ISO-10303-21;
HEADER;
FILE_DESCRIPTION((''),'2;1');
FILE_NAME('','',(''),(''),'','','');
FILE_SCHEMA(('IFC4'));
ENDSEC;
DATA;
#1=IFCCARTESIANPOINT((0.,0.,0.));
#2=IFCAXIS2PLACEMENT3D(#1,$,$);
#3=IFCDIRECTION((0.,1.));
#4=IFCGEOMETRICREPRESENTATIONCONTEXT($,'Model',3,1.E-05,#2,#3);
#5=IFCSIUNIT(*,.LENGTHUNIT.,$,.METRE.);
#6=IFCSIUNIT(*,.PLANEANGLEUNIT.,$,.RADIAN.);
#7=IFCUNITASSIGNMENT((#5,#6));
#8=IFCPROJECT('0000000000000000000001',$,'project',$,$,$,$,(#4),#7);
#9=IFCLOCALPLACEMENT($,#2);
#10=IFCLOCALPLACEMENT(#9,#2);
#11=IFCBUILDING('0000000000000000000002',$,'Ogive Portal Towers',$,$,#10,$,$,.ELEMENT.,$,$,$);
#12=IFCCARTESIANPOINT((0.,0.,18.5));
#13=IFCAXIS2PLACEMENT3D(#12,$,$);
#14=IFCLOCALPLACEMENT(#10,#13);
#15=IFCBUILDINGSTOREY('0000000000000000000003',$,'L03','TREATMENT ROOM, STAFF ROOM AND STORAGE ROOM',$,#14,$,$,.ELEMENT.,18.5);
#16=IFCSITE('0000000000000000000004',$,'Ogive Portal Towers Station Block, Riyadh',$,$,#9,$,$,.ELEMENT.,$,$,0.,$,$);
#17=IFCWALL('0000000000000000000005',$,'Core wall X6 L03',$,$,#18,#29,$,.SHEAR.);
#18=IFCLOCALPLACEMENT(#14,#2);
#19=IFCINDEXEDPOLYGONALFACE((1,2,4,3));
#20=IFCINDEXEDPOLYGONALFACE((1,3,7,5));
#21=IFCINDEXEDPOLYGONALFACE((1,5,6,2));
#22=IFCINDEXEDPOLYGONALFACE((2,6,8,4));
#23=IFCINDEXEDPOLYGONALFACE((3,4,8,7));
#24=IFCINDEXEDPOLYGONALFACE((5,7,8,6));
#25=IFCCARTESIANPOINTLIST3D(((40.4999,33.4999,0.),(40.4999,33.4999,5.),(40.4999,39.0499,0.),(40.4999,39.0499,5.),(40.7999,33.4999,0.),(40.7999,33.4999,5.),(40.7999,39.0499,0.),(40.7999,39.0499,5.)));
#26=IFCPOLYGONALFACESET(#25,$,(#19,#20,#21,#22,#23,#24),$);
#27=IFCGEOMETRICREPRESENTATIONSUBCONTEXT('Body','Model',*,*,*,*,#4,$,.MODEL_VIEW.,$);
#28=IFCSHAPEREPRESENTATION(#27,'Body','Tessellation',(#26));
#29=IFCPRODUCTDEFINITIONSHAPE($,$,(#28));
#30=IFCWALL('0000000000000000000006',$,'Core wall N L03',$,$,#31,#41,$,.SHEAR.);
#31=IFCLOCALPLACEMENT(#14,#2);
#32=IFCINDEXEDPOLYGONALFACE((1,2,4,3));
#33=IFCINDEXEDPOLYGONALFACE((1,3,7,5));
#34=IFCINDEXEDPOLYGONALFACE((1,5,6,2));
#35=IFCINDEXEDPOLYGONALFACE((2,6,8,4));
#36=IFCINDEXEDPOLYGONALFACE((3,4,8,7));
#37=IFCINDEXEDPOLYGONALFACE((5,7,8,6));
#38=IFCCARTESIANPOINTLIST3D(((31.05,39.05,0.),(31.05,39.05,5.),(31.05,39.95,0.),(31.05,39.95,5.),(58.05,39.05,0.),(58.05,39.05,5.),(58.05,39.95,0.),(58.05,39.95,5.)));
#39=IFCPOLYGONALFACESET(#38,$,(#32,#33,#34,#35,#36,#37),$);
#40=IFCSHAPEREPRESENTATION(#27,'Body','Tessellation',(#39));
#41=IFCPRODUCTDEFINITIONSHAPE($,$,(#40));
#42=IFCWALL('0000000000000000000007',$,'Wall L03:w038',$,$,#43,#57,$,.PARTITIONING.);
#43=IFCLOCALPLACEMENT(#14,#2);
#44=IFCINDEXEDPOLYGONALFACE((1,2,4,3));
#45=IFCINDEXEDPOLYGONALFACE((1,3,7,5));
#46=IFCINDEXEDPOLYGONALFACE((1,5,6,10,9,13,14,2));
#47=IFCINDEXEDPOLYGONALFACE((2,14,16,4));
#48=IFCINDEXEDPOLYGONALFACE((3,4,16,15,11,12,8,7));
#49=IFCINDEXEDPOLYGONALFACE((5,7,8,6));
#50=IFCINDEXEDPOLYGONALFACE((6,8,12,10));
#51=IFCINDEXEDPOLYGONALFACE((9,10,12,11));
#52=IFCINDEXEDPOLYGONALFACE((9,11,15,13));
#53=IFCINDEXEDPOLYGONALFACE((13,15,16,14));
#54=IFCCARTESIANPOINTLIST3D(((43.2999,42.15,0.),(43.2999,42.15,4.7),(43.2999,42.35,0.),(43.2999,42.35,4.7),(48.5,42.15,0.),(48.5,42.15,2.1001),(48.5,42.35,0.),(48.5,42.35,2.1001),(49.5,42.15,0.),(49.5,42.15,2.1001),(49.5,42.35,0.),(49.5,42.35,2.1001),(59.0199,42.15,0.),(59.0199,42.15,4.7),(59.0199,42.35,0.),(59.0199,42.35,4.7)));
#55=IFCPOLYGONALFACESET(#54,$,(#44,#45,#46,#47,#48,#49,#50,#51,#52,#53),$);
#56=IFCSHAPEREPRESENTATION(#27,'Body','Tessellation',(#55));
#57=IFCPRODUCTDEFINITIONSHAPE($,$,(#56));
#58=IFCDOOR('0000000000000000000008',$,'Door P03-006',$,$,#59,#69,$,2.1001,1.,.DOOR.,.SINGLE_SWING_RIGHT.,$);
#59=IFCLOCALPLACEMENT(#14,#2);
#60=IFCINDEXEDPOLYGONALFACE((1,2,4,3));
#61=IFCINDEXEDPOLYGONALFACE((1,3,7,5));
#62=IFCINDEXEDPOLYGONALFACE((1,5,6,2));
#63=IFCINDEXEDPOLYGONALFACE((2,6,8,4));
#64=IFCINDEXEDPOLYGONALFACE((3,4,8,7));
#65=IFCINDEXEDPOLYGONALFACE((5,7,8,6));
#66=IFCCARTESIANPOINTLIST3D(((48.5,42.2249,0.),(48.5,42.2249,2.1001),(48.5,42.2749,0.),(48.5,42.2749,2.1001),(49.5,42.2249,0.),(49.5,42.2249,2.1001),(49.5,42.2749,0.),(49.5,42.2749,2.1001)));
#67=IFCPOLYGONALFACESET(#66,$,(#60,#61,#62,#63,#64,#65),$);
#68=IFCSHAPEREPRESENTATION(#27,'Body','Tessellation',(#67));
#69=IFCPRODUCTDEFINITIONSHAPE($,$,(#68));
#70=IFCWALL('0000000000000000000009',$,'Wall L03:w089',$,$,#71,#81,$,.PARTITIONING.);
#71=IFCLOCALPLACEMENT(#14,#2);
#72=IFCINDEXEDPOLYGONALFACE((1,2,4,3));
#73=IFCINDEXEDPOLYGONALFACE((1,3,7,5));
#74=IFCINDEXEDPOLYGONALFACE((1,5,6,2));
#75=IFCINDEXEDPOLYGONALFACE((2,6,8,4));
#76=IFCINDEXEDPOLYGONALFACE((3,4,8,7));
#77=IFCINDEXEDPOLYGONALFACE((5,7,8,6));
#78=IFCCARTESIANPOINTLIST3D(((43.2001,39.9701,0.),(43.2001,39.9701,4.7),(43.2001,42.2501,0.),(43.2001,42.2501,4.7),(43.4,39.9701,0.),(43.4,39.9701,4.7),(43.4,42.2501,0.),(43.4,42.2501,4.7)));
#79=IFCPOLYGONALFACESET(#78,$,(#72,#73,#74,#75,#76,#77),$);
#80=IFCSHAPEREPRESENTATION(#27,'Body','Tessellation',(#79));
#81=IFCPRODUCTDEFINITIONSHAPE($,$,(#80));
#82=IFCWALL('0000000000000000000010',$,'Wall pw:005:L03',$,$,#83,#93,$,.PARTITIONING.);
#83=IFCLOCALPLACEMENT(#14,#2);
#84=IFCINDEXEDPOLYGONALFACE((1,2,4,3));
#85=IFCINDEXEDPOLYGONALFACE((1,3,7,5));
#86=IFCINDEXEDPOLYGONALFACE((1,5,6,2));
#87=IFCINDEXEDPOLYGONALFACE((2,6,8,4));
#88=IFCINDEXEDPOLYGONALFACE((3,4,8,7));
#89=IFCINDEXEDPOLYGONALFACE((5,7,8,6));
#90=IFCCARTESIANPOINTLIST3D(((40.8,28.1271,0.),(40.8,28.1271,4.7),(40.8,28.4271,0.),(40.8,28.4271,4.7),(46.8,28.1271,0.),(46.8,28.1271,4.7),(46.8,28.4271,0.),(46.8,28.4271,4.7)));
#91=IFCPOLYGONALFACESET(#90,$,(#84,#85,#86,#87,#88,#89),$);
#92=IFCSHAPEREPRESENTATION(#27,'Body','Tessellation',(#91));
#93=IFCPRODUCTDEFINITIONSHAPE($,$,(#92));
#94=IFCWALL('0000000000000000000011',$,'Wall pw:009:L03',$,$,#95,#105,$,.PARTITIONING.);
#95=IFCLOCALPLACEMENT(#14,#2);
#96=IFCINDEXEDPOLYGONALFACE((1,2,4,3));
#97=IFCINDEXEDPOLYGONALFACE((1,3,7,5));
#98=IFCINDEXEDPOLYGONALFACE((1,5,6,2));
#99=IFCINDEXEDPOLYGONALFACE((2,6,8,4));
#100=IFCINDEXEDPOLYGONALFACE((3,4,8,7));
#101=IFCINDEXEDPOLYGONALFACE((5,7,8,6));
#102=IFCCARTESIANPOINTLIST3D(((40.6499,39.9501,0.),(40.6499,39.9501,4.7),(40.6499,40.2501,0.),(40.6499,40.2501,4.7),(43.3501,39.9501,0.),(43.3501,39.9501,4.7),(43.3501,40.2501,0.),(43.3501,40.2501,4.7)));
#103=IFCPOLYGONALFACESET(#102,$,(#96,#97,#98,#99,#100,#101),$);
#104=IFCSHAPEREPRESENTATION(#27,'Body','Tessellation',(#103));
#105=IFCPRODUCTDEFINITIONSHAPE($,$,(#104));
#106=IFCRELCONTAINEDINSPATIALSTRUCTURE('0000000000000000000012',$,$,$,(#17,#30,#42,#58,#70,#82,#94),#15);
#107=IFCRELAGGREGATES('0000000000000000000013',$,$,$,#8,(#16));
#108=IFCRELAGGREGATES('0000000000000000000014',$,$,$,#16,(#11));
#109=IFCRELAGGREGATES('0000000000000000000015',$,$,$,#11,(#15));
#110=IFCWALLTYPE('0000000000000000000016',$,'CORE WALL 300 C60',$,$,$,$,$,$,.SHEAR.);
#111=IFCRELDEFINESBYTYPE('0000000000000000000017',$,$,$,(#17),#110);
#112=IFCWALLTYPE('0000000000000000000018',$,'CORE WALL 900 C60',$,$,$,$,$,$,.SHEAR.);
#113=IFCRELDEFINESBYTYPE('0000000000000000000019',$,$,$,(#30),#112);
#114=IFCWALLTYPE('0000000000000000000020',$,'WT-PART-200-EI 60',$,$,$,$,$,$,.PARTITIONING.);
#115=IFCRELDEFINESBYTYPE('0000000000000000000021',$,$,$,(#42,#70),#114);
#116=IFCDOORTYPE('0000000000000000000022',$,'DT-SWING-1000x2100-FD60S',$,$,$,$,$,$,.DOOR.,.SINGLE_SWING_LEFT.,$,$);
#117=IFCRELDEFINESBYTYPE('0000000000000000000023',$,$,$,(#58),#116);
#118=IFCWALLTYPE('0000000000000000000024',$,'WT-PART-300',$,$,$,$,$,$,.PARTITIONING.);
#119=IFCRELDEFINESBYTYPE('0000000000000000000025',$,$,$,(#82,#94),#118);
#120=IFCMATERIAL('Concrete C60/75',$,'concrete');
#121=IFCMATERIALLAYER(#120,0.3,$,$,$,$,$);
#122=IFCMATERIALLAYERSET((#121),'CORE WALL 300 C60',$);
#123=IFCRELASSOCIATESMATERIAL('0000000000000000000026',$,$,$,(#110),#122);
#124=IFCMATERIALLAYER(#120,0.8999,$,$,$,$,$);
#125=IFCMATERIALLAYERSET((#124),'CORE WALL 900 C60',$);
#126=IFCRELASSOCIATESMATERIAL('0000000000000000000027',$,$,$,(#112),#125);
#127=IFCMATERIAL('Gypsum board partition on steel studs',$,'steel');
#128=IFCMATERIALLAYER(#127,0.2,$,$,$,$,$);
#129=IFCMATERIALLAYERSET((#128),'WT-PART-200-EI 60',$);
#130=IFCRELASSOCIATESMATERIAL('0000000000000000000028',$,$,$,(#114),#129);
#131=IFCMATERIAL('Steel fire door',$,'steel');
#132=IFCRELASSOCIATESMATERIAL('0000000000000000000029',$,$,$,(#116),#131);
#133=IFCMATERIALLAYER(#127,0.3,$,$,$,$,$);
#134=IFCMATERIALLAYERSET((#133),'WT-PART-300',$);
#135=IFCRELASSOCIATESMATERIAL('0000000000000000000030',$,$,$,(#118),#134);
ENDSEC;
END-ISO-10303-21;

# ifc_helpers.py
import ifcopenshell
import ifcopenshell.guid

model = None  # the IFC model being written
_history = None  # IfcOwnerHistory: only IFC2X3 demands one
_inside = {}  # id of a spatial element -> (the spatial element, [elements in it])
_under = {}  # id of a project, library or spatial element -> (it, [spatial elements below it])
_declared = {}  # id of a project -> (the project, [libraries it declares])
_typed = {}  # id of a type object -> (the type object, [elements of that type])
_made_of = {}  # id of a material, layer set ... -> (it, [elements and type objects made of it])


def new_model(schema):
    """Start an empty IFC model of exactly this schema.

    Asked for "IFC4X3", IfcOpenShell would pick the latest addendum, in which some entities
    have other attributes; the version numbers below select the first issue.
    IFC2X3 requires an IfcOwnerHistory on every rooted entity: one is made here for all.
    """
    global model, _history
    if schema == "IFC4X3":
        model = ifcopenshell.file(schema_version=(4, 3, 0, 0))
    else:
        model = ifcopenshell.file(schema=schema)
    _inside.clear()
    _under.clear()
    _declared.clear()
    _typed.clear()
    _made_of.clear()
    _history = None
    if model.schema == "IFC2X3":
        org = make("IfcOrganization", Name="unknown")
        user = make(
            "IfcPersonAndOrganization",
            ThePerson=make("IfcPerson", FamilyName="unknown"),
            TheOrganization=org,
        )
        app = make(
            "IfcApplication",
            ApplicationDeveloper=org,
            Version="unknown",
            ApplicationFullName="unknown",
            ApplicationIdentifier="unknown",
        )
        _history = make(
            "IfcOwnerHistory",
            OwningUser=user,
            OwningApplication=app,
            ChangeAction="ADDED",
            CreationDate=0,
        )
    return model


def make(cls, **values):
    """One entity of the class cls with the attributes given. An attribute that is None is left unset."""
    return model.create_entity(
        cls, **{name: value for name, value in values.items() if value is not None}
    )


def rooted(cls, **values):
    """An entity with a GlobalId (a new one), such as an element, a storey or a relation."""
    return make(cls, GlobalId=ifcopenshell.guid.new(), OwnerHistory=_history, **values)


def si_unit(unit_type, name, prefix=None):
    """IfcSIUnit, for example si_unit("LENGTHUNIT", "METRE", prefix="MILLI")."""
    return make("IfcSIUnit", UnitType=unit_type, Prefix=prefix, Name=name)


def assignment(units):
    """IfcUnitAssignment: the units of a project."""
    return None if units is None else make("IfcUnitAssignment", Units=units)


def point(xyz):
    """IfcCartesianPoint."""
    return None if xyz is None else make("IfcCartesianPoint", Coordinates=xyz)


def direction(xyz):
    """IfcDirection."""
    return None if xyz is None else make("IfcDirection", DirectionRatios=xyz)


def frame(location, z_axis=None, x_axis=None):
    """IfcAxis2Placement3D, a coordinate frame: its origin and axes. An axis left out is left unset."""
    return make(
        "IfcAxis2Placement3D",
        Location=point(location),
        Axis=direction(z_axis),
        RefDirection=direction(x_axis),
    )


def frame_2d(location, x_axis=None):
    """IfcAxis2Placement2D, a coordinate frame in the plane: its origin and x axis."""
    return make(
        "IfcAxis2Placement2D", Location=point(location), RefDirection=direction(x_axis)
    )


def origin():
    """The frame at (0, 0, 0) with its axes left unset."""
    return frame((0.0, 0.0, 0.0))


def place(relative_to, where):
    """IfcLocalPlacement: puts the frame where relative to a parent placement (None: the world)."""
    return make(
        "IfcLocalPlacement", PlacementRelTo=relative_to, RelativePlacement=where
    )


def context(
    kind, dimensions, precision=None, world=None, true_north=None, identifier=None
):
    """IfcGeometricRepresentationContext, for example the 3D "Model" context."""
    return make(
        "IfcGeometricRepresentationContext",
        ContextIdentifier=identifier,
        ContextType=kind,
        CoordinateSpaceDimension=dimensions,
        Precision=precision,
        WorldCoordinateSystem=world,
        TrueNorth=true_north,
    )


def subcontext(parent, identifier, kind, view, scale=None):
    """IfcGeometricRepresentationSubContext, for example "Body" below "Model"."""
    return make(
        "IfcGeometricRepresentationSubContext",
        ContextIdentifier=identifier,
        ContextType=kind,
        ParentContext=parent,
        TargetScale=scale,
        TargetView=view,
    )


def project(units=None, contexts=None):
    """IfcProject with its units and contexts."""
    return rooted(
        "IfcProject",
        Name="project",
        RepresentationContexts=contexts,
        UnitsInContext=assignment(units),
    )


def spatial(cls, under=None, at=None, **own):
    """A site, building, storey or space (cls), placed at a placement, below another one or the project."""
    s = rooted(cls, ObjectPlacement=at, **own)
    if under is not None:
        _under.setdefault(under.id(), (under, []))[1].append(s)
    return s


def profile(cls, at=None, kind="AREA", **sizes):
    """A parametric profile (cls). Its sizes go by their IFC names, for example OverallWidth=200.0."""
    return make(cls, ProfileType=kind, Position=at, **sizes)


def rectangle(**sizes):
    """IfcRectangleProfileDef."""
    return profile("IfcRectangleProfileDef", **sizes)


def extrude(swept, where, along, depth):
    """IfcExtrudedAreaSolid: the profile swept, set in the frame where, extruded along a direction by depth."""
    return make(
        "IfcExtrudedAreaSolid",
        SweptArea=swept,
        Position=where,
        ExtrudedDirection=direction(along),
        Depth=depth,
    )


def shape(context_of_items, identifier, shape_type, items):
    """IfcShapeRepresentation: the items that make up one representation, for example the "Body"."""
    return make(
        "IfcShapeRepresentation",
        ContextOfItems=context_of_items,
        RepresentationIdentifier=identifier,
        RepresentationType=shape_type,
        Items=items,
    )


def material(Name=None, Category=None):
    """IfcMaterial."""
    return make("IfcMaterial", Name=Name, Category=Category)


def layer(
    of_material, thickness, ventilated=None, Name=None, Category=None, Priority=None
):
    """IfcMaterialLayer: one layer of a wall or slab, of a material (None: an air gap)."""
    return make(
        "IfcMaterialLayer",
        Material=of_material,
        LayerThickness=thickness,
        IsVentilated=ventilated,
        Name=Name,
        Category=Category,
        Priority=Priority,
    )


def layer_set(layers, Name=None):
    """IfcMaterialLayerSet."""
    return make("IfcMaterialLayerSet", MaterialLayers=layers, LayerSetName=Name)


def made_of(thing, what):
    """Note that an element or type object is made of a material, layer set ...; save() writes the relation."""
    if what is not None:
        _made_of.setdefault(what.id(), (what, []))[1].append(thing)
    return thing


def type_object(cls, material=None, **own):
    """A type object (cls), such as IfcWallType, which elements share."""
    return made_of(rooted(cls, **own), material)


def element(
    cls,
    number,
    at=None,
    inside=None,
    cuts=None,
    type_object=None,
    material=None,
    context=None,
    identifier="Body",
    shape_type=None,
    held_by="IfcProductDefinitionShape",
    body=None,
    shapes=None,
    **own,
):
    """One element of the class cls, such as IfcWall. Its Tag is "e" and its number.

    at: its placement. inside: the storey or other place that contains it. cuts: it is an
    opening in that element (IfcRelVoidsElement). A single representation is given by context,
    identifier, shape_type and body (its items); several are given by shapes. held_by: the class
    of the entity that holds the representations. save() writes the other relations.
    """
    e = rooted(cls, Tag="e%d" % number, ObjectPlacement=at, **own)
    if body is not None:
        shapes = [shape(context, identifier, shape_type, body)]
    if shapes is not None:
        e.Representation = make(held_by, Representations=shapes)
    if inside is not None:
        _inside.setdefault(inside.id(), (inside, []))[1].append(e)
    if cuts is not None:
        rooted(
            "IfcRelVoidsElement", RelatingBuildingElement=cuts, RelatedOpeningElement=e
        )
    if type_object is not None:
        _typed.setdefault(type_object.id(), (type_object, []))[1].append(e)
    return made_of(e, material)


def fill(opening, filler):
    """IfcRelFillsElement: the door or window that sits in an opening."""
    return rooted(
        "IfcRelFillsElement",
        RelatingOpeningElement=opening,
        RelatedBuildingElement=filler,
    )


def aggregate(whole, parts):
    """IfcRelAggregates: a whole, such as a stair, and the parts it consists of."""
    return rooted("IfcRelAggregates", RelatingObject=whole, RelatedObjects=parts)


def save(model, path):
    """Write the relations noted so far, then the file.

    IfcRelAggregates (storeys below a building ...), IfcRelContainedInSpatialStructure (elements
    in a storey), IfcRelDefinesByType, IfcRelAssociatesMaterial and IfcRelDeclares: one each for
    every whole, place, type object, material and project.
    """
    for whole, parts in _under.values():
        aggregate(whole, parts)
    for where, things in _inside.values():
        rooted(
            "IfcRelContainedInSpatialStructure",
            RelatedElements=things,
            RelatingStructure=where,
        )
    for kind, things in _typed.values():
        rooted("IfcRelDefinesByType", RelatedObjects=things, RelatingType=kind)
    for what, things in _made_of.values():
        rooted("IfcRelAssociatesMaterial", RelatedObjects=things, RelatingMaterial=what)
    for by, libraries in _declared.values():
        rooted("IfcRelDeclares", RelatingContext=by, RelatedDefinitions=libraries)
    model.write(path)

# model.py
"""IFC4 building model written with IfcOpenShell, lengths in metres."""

from ifc_helpers import new_model, si_unit, direction, frame, frame_2d, origin, place, context, subcontext, project, spatial, rectangle, extrude, material, layer, layer_set, type_object, element, fill, save


model = new_model("IFC4")

# Units and contexts
model_context = context("Model", 3, precision=1e-05, world=origin(), true_north=direction((0.0, 1.0)))
body_context = subcontext(model_context, "Body", "Model", "MODEL_VIEW")
ifc_project = project(units=[si_unit("LENGTHUNIT", "METRE"), si_unit("PLANEANGLEUNIT", "RADIAN")], contexts=[model_context])

# Site, building, storey
site_placement = place(None, origin())
site = spatial("IfcSite", under=ifc_project, at=site_placement, Name="Ogive Portal Towers Station Block, Riyadh", CompositionType="ELEMENT", RefElevation=0.0)
building_placement = place(site_placement, origin())
building = spatial("IfcBuilding", under=site, at=building_placement, Name="Ogive Portal Towers", CompositionType="ELEMENT")
storey_placement = place(building_placement, frame((0.0, 0.0, 18.5)))
storey = spatial("IfcBuildingStorey", under=building, at=storey_placement, Name="L03", Description="TREATMENT ROOM, STAFF ROOM AND STORAGE ROOM", CompositionType="ELEMENT", Elevation=18.5)

# Shared definitions
ifc_material_1 = material(Name="Concrete C60/75", Category="concrete")
ifc_layer_1 = layer(ifc_material_1, 0.3)
ifc_layer_set_1 = layer_set([ifc_layer_1], Name="CORE WALL 300 C60")
wall_type_1 = type_object("IfcWallType", Name="CORE WALL 300 C60", PredefinedType="SHEAR", material=ifc_layer_set_1)
ifc_material_2 = material(Name="Steel fire door", Category="steel")

# Wall
wall_1_placement = place(storey_placement, frame((40.6499, 33.5, 0.0), z_axis=(0.0, 0.0, 1.0), x_axis=(0.0, 1.0, 0.0)))
element("IfcWall", 1, at=wall_1_placement, inside=storey, type_object=wall_type_1, Name="Core wall X6 L03", PredefinedType="SHEAR", context=body_context, shape_type="SweptSolid", body=[
    extrude(rectangle(XDim=5.55, YDim=0.3, at=frame_2d((2.7749, 0.0))), origin(), (0.0, 0.0, 1.0), 5.0),
])

# Wall
ifc_layer_2 = layer(ifc_material_1, 0.8999)
ifc_layer_set_2 = layer_set([ifc_layer_2], Name="CORE WALL 900 C60")
wall_type_2 = type_object("IfcWallType", Name="CORE WALL 900 C60", PredefinedType="SHEAR", material=ifc_layer_set_2)
wall_2_placement = place(storey_placement, frame((31.05, 39.5, 0.0), z_axis=(0.0, 0.0, 1.0), x_axis=(1.0, 0.0, 0.0)))
element("IfcWall", 2, at=wall_2_placement, inside=storey, type_object=wall_type_2, Name="Core wall N L03", PredefinedType="SHEAR", context=body_context, shape_type="SweptSolid", body=[
    extrude(rectangle(XDim=27.0, YDim=0.8999, at=frame_2d((13.5, 0.0))), origin(), (0.0, 0.0, 1.0), 5.0),
])

# Wall, opening, door
ifc_material_3 = material(Name="Gypsum board partition on steel studs", Category="steel")
ifc_layer_3 = layer(ifc_material_3, 0.2)
ifc_layer_set_3 = layer_set([ifc_layer_3], Name="WT-PART-200-EI 60")
wall_type_3 = type_object("IfcWallType", Name="WT-PART-200-EI 60", PredefinedType="PARTITIONING", material=ifc_layer_set_3)
wall_3_placement = place(storey_placement, frame((43.3, 42.25, 0.0), z_axis=(0.0, 0.0, 1.0), x_axis=(1.0, 0.0, 0.0)))
wall_3 = element("IfcWall", 3, at=wall_3_placement, inside=storey, type_object=wall_type_3, Name="Wall L03:w038", PredefinedType="PARTITIONING", context=body_context, shape_type="SweptSolid", body=[
    extrude(rectangle(XDim=15.72, YDim=0.2, at=frame_2d((7.8599, 0.0))), origin(), (0.0, 0.0, 1.0), 4.7),
])
opening_1_placement = place(wall_3_placement, frame((5.2, 0.0, 0.0)))
opening_1 = element("IfcOpeningElement", 4, at=opening_1_placement, cuts=wall_3, PredefinedType="OPENING", context=body_context, shape_type="SweptSolid", body=[
    extrude(rectangle(XDim=1.0, YDim=2.1001, at=frame_2d((0.5, 1.05))), frame((0.0, 0.1099, 0.0), z_axis=(0.0, -1.0, 0.0), x_axis=(1.0, 0.0, 0.0)), (0.0, 0.0, 1.0), 0.22),
])
door_type_1 = type_object("IfcDoorType", Name="DT-SWING-1000x2100-FD60S", OperationType="SINGLE_SWING_LEFT", PredefinedType="DOOR", material=ifc_material_2)
door_1_placement = place(opening_1_placement, origin())
door_1 = element("IfcDoor", 5, at=door_1_placement, inside=storey, type_object=door_type_1, Name="Door P03-006", OperationType="SINGLE_SWING_RIGHT", OverallHeight=2.1001, OverallWidth=1.0, PredefinedType="DOOR", context=body_context, shape_type="SweptSolid", body=[
    extrude(rectangle(XDim=1.0, YDim=2.1001, at=frame_2d((0.5, 1.05))), frame((0.0, 0.0249, 0.0), z_axis=(0.0, -1.0, 0.0), x_axis=(1.0, 0.0, 0.0)), (0.0, 0.0, 1.0), 0.05),
])
fill(opening_1, door_1)

# Walls
wall_4_placement = place(storey_placement, frame((43.3, 39.97, 0.0), z_axis=(0.0, 0.0, 1.0), x_axis=(0.0, 1.0, 0.0)))
element("IfcWall", 6, at=wall_4_placement, inside=storey, type_object=wall_type_3, Name="Wall L03:w089", PredefinedType="PARTITIONING", context=body_context, shape_type="SweptSolid", body=[
    extrude(rectangle(XDim=2.28, YDim=0.2, at=frame_2d((1.1401, 0.0))), origin(), (0.0, 0.0, 1.0), 4.7),
])
ifc_layer_4 = layer(ifc_material_3, 0.3)
ifc_layer_set_4 = layer_set([ifc_layer_4], Name="WT-PART-300")
wall_type_4 = type_object("IfcWallType", Name="WT-PART-300", PredefinedType="PARTITIONING", material=ifc_layer_set_4)
wall_5_placement = place(storey_placement, frame((40.8, 28.2771, 0.0), z_axis=(0.0, 0.0, 1.0), x_axis=(1.0, 0.0, 0.0)))
element("IfcWall", 7, at=wall_5_placement, inside=storey, type_object=wall_type_4, Name="Wall pw:005:L03", PredefinedType="PARTITIONING", context=body_context, shape_type="SweptSolid", body=[
    extrude(rectangle(XDim=6.0, YDim=0.3, at=frame_2d((3.0, 0.0))), origin(), (0.0, 0.0, 1.0), 4.7),
])
wall_6_placement = place(storey_placement, frame((40.6499, 40.1001, 0.0), z_axis=(0.0, 0.0, 1.0), x_axis=(1.0, 0.0, 0.0)))
element("IfcWall", 8, at=wall_6_placement, inside=storey, type_object=wall_type_4, Name="Wall pw:009:L03", PredefinedType="PARTITIONING", context=body_context, shape_type="SweptSolid", body=[
    extrude(rectangle(XDim=2.7002, YDim=0.3, at=frame_2d((1.3501, 0.0))), origin(), (0.0, 0.0, 1.0), 4.7),
])

save(model, "model.ifc")
